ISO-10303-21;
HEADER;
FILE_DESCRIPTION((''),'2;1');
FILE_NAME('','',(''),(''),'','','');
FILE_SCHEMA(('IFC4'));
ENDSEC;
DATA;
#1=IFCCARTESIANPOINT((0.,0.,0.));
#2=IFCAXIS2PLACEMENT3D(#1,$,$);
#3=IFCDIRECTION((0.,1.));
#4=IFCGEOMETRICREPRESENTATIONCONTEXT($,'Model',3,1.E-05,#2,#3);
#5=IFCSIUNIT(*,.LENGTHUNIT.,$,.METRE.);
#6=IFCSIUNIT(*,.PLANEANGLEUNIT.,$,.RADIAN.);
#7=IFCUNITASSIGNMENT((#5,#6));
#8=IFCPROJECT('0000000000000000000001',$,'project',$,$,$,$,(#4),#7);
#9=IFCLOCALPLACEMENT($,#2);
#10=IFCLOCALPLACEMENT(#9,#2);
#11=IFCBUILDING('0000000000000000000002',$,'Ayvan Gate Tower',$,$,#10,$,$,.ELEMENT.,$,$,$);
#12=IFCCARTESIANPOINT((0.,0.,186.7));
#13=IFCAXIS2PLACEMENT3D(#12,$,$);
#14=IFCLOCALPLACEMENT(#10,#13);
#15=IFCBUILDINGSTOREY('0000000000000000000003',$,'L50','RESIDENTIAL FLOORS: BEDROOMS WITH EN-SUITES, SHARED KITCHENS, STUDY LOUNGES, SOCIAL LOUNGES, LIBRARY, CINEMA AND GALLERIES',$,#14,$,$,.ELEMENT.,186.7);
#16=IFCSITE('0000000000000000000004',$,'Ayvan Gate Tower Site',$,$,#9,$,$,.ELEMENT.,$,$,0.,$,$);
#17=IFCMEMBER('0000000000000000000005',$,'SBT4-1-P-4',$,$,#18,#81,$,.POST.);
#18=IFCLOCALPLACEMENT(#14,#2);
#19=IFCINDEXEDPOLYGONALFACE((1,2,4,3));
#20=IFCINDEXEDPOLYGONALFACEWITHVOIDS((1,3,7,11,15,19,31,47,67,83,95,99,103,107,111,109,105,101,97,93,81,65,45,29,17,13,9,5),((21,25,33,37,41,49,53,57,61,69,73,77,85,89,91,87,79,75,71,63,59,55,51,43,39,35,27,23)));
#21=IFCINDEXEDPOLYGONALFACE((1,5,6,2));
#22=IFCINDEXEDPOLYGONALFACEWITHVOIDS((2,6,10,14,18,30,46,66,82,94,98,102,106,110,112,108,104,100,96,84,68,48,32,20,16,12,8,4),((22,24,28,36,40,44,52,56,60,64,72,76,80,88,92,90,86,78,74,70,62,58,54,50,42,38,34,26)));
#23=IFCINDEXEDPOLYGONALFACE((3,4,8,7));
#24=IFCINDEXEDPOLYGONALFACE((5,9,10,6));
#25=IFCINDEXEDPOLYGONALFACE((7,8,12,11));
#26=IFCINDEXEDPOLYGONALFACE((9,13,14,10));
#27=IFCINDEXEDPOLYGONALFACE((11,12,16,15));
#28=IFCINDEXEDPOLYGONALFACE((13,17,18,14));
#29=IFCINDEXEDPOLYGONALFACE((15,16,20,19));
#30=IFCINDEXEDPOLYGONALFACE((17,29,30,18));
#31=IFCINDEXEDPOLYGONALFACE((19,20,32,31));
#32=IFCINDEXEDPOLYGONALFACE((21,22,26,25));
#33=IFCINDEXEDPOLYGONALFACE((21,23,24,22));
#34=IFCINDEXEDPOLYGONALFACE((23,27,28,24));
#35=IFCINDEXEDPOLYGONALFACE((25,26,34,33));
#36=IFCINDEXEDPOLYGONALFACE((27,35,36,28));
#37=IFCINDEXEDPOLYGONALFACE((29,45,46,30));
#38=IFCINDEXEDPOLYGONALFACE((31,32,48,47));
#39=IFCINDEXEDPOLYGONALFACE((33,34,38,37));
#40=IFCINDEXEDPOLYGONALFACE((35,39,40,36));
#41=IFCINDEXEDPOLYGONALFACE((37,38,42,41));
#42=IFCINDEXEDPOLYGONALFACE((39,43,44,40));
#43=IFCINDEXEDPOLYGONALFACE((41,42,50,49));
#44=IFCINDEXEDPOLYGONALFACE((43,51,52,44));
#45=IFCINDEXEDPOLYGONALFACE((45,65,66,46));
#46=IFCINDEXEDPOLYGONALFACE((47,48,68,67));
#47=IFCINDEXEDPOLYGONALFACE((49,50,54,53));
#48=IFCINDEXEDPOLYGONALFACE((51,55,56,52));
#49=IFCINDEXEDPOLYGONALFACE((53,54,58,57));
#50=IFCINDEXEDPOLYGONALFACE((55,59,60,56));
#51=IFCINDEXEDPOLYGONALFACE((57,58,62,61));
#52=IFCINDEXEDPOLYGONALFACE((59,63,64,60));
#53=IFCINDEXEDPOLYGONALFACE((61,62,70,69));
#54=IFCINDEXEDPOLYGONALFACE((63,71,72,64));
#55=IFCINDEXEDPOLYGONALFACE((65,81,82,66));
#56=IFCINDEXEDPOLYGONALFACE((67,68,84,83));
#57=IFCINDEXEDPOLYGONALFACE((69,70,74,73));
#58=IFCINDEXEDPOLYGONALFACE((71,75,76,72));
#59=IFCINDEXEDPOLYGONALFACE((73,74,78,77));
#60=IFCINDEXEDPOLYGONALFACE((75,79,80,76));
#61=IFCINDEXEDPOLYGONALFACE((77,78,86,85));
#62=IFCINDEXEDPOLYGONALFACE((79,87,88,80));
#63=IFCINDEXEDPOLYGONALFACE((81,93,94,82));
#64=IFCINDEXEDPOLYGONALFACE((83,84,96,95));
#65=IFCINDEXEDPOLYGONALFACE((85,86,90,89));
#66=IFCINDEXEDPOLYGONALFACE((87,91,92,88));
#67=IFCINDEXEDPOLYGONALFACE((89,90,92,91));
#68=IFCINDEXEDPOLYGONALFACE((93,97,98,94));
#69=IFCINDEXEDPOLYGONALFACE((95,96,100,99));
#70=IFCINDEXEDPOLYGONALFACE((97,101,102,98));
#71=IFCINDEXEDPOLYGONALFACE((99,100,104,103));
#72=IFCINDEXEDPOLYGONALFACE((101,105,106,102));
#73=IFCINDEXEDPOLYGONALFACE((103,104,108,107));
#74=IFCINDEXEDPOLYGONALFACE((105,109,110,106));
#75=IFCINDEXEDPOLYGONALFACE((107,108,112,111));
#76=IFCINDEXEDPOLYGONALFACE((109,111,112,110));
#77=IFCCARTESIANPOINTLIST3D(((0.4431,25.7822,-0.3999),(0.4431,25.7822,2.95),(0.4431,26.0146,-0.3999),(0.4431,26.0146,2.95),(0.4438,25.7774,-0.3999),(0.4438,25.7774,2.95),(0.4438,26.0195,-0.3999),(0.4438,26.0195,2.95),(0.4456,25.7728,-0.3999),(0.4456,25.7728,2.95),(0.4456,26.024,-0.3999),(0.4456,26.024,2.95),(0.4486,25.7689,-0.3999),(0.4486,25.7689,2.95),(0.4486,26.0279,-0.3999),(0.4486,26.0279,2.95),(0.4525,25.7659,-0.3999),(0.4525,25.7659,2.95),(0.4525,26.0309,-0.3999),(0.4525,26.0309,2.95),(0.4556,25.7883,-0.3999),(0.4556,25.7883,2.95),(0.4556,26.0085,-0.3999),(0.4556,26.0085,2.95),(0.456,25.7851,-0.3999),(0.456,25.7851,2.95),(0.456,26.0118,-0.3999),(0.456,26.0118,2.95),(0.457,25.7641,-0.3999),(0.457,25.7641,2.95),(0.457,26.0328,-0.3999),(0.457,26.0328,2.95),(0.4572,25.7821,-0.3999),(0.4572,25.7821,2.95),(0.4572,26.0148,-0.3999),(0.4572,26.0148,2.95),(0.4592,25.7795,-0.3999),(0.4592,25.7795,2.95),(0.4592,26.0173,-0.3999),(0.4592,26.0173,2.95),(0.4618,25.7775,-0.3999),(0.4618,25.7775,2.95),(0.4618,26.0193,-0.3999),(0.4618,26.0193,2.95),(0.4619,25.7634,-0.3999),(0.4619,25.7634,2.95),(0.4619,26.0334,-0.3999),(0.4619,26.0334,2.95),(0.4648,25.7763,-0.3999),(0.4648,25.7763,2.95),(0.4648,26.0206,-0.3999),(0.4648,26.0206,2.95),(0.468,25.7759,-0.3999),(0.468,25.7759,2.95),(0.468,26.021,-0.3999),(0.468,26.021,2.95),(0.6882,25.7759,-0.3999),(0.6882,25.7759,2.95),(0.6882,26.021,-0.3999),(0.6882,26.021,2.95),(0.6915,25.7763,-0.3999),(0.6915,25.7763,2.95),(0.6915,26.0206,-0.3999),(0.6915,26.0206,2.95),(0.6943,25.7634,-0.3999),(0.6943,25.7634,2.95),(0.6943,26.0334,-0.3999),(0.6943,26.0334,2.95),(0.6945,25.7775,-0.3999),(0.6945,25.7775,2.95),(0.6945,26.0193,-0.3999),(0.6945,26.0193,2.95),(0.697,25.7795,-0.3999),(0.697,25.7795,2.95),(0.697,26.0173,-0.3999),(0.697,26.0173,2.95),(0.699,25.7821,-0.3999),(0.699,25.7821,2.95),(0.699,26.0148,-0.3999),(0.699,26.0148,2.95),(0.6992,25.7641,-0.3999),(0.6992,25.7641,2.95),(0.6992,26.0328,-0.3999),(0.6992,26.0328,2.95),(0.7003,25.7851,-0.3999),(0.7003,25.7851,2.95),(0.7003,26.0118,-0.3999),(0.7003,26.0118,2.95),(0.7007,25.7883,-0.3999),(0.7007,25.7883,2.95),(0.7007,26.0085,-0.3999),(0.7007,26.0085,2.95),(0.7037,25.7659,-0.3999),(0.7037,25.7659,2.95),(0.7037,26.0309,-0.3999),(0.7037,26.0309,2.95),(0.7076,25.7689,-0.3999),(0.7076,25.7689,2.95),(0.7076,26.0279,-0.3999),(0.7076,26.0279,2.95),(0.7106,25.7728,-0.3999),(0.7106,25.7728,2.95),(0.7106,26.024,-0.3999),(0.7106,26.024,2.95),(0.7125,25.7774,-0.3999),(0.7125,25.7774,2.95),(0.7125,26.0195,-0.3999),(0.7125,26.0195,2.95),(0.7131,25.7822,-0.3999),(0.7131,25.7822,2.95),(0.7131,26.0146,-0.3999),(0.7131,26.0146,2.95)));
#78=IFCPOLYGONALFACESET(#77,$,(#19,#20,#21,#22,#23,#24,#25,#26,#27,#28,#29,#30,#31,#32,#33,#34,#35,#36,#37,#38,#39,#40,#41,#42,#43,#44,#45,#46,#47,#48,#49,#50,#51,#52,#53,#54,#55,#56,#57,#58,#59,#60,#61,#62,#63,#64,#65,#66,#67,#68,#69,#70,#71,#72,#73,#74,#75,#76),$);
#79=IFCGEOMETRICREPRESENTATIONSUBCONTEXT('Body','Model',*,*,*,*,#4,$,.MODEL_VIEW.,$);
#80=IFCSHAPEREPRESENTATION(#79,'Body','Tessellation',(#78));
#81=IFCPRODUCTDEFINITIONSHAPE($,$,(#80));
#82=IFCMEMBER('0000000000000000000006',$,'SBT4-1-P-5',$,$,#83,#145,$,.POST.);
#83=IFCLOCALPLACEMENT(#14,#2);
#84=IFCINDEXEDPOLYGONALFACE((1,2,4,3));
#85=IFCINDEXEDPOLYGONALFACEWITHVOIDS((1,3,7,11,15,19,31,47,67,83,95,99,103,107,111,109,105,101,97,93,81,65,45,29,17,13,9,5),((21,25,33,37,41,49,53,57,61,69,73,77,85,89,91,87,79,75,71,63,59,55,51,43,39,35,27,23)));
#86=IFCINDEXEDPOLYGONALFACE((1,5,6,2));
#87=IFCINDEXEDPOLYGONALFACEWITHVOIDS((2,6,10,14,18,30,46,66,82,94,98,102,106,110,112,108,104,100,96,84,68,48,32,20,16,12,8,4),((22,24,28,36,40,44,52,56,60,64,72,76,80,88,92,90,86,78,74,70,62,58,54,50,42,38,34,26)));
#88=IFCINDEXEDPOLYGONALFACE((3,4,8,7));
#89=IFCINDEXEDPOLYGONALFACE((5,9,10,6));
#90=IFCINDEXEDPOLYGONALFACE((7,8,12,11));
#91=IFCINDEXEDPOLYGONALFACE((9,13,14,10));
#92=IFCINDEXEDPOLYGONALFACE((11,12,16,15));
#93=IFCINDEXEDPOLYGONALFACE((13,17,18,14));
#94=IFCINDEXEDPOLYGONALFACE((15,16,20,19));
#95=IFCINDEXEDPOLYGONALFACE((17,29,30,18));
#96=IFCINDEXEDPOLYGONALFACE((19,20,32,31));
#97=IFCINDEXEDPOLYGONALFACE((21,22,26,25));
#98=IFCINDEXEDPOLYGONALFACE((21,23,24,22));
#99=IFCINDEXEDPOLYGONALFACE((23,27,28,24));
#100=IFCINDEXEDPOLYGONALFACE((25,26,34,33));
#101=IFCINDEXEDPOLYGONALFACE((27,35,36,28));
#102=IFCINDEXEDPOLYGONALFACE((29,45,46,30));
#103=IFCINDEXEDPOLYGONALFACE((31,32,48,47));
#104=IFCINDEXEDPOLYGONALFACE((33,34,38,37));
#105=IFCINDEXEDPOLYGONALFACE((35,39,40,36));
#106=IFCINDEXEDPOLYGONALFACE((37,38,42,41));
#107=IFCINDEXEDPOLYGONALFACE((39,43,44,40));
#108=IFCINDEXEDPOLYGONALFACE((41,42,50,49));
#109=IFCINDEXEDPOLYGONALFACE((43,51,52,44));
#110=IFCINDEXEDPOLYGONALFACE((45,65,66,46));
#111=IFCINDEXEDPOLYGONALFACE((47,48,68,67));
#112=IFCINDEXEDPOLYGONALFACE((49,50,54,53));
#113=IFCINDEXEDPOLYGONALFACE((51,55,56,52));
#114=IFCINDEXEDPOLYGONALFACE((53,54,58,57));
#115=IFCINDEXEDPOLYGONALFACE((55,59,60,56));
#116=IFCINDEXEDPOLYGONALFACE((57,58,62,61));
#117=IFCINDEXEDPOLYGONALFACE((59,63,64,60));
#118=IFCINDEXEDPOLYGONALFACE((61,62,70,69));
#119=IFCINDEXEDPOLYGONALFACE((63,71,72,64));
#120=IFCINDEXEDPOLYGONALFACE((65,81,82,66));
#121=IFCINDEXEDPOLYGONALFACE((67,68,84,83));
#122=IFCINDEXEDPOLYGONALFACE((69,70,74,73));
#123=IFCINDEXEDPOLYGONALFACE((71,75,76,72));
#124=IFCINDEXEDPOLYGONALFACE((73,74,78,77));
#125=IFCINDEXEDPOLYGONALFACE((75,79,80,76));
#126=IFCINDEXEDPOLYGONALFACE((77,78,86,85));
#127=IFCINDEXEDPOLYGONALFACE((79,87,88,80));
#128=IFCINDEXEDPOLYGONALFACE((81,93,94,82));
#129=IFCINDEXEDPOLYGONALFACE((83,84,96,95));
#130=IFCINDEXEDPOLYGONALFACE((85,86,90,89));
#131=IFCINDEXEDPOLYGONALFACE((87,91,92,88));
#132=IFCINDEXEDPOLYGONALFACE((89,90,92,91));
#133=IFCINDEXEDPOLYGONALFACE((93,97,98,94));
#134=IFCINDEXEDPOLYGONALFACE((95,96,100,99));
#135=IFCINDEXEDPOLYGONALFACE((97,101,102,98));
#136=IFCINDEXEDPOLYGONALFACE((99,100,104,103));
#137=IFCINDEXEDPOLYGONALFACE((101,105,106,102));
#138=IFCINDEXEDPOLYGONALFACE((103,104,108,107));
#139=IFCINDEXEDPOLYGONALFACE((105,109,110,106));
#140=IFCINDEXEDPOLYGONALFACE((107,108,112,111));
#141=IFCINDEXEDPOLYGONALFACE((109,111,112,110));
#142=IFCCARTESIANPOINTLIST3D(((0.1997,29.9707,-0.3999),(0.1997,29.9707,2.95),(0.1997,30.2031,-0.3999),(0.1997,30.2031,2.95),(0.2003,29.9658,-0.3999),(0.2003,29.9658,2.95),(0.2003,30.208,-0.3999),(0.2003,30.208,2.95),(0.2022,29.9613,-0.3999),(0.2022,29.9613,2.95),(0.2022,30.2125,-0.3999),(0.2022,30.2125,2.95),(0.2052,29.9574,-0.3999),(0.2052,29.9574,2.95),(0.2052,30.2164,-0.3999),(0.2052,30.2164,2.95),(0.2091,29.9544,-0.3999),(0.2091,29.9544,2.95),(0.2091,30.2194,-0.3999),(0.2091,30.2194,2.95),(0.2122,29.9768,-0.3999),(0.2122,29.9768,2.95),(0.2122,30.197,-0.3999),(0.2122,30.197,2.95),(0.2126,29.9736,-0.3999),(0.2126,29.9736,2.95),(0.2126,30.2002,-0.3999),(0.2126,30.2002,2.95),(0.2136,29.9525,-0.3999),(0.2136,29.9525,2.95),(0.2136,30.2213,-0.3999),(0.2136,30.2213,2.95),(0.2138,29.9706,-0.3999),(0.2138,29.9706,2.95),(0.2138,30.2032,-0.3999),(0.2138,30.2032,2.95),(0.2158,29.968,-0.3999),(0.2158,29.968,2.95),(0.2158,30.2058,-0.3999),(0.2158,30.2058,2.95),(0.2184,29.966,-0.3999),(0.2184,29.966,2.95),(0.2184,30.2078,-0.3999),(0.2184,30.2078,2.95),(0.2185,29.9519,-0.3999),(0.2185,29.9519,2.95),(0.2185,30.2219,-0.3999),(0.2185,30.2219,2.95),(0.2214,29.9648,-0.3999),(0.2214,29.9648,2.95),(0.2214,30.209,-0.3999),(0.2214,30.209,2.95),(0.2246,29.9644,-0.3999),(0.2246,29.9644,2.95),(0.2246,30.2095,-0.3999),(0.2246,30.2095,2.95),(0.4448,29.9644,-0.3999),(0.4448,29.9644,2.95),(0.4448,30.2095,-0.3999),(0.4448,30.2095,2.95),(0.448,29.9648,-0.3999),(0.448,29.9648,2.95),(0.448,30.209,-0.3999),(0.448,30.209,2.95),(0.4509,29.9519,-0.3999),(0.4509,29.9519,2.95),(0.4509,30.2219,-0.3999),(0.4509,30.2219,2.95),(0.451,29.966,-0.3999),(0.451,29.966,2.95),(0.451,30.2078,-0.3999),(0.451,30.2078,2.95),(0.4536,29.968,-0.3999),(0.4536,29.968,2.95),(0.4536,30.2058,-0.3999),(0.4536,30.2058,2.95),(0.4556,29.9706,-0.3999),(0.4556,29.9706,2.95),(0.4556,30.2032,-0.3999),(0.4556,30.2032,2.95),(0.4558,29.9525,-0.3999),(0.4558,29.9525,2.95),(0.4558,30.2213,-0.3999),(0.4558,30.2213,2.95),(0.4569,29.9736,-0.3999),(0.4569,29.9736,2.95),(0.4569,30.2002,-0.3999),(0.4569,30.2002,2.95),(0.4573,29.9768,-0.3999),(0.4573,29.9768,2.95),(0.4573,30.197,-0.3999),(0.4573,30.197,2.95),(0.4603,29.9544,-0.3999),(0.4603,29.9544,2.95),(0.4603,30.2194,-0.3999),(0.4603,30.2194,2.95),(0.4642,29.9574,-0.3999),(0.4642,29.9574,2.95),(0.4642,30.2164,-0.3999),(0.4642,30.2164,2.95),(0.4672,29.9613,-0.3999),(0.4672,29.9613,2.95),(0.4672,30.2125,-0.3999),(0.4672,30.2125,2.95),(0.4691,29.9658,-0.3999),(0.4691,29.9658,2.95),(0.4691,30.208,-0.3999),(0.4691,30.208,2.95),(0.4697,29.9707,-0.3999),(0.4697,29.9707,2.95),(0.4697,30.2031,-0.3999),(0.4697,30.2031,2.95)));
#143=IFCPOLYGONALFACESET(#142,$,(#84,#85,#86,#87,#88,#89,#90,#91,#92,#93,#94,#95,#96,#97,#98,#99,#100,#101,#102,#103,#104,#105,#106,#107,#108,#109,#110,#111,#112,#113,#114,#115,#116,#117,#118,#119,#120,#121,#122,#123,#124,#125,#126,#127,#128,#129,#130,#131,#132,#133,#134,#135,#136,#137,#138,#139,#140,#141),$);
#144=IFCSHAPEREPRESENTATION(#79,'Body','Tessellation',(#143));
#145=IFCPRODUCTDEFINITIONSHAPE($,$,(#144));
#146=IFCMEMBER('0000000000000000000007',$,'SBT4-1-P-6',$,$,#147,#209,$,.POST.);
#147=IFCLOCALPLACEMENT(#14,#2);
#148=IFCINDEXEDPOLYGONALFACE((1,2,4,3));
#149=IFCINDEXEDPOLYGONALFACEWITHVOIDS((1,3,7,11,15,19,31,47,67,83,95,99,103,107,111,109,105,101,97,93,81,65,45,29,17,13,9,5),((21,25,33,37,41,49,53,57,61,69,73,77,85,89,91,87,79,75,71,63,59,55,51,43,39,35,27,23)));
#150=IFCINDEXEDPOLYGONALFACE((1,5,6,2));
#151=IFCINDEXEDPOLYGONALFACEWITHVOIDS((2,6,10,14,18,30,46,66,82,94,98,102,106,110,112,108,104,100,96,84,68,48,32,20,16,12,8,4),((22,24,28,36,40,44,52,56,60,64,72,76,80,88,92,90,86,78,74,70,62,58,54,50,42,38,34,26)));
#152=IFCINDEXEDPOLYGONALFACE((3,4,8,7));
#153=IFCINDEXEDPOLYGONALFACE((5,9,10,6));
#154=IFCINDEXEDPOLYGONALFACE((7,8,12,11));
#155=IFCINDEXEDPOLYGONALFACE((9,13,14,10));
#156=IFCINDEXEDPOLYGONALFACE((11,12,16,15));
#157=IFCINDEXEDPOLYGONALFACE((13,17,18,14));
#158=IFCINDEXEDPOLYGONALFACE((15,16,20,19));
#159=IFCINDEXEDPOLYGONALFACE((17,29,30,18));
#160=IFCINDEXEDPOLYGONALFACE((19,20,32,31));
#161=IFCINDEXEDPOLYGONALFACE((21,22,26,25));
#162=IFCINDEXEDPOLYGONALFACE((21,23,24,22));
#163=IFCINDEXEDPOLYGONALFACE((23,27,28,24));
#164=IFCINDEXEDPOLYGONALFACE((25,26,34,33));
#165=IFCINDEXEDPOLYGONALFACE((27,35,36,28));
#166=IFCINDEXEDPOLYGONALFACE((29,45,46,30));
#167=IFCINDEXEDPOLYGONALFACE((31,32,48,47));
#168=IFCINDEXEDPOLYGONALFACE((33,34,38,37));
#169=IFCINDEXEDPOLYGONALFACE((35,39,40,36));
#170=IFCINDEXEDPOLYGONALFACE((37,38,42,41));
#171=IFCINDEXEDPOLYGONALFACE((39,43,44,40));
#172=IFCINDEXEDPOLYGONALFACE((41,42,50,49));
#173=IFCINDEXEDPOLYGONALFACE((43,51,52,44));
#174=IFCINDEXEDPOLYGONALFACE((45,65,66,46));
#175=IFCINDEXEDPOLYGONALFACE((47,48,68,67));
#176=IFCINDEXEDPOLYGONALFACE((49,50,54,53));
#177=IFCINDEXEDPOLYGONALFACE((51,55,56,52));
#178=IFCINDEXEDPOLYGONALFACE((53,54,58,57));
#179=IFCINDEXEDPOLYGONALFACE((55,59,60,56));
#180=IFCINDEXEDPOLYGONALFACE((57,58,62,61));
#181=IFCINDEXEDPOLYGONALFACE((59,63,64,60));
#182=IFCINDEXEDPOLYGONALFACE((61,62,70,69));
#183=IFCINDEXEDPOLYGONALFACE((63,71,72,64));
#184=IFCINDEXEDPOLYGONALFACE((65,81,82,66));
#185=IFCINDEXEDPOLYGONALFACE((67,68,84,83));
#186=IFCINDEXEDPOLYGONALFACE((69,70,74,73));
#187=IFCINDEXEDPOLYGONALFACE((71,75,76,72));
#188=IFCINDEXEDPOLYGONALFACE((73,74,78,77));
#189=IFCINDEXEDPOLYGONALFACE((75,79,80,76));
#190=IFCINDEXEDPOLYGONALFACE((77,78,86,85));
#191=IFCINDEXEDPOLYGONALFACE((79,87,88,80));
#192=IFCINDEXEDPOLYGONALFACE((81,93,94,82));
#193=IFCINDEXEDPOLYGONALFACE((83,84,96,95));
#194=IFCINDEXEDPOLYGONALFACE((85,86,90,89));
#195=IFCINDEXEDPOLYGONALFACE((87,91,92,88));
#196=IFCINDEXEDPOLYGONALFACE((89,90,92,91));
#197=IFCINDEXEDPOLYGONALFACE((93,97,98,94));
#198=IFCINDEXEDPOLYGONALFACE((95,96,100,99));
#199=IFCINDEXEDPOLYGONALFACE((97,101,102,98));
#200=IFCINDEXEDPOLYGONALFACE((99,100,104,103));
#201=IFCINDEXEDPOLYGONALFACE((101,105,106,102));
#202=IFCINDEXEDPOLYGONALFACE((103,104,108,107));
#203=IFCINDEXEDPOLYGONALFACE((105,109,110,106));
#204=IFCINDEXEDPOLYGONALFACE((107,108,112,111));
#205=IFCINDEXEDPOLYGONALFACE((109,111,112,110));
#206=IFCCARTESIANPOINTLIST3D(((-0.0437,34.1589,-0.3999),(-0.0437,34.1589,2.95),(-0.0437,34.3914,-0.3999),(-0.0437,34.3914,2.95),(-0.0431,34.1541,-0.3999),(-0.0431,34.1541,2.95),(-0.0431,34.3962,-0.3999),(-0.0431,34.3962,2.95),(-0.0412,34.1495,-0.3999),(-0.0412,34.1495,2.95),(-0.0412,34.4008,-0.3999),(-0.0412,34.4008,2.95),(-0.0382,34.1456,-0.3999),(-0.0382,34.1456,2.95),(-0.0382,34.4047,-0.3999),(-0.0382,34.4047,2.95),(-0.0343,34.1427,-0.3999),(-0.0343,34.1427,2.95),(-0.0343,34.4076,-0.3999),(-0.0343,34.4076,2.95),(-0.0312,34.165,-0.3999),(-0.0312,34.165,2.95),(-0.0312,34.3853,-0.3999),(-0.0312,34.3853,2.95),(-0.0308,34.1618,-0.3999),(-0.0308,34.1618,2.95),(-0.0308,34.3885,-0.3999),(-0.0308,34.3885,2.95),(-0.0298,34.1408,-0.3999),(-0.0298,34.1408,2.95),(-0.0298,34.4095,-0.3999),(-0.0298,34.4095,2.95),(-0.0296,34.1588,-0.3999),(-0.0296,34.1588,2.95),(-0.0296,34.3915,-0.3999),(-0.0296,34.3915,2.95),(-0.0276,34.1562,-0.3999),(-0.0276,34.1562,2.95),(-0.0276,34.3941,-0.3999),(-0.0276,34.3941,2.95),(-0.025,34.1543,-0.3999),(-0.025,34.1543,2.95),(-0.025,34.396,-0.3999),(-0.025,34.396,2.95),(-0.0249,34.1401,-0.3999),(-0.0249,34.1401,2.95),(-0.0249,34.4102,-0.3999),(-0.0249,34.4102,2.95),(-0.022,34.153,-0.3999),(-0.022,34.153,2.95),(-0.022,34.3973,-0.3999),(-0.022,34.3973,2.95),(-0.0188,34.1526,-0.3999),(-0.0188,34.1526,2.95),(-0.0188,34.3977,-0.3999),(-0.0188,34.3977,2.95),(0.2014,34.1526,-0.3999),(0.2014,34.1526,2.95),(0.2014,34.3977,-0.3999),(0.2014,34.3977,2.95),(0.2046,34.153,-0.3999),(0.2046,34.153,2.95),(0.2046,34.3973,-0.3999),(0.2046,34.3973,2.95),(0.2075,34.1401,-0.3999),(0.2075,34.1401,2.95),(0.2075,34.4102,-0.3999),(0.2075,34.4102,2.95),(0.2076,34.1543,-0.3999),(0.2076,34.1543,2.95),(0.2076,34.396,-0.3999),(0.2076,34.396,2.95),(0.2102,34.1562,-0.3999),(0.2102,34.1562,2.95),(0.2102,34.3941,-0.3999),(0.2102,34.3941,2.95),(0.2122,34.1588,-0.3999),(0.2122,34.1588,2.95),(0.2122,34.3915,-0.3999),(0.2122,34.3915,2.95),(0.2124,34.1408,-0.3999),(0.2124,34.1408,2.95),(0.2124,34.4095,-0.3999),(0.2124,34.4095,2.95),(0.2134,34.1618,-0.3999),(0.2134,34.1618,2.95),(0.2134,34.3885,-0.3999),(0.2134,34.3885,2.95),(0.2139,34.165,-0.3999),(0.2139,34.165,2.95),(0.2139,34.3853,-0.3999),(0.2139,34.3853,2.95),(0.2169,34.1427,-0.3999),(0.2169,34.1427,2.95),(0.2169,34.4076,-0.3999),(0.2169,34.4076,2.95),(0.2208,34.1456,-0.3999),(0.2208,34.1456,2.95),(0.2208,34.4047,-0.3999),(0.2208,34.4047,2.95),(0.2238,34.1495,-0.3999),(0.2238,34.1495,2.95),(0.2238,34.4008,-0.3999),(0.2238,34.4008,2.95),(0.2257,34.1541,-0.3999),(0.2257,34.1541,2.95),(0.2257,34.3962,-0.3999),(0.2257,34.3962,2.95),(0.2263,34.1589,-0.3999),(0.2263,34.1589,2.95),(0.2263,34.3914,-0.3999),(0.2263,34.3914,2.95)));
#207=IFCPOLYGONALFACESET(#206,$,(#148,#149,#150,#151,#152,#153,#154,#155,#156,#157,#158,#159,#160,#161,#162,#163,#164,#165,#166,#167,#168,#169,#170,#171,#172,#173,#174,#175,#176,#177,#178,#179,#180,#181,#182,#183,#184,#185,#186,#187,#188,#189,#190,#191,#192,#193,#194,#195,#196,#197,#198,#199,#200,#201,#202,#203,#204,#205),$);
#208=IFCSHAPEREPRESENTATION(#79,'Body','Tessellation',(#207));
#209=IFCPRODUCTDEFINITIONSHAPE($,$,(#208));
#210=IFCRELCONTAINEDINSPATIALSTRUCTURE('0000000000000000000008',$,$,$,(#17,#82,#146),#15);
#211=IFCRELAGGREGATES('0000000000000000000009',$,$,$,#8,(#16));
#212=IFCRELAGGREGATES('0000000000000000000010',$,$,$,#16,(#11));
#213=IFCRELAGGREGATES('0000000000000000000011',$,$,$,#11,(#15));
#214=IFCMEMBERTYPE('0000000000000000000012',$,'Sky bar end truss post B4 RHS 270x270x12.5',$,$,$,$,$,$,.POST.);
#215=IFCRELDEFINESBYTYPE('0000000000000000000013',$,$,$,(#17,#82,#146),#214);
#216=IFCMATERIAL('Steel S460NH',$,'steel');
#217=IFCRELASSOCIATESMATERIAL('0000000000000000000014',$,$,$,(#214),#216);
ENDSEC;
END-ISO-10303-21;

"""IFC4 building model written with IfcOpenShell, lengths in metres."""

from ifc_helpers import new_model, si_unit, direction, frame, origin, origin_2d, place, context, subcontext, project, spatial, hollow_rectangle, extrude, material, material_profile, profile_set, type_object, element, save


model = new_model("IFC4")

# Units and contexts
model_context = context("Model", 3, precision=1e-05, world=origin(), true_north=direction((0.0, 1.0)))
body_context = subcontext(model_context, "Body", "Model", "MODEL_VIEW")
ifc_project = project(units=[si_unit("LENGTHUNIT", "METRE"), si_unit("PLANEANGLEUNIT", "RADIAN")], contexts=[model_context])

# Site, building, storey
site_placement = place(None, origin())
site = spatial("IfcSite", under=ifc_project, at=site_placement, Name="Ayvan Gate Tower Site", CompositionType="ELEMENT", RefElevation=0.0)
building_placement = place(site_placement, origin())
building = spatial("IfcBuilding", under=site, at=building_placement, Name="Ayvan Gate Tower", CompositionType="ELEMENT")
storey_placement = place(building_placement, frame((0.0, 0.0, 186.7)))
storey = spatial("IfcBuildingStorey", under=building, at=storey_placement, Name="L50", Description="RESIDENTIAL FLOORS: BEDROOMS WITH EN-SUITES, SHARED KITCHENS, STUDY LOUNGES, SOCIAL LOUNGES, LIBRARY, CINEMA AND GALLERIES", CompositionType="ELEMENT", Elevation=186.7)

# Members
ifc_material_1 = material(Name="Steel S460NH", Category="steel")
ifc_material_profile_1 = material_profile(ifc_material_1, hollow_rectangle(XDim=0.27, YDim=0.27, WallThickness=0.0125, InnerFilletRadius=0.0125, OuterFilletRadius=0.0188, at=origin_2d()), Name="RHS 270x270x12.5")
ifc_profile_set_1 = profile_set([ifc_material_profile_1], Name="Steel S460NH")
member_type_1 = type_object("IfcMemberType", Name="Sky bar end truss post B4 RHS 270x270x12.5", PredefinedType="POST", material=ifc_profile_set_1)
for number, where, z_axis, x_axis, name in (
    (1, (0.5781, 25.8984, -0.3999), (0.0, 0.0, 1.0), (1.0, 0.0, 0.0), "SBT4-1-P-4"),
    (2, (0.3347, 30.0869, -0.3999), (0.0, 0.0, 1.0), (1.0, 0.0, 0.0), "SBT4-1-P-5"),
    (3, (0.0913, 34.2751, -0.3999), (0.0, 0.0, 1.0), (1.0, 0.0, 0.0), "SBT4-1-P-6"),
):
    element("IfcMember", number, at=place(storey_placement, frame(where, z_axis=z_axis, x_axis=x_axis)), inside=storey, type_object=member_type_1, Name=name, PredefinedType="POST", context=body_context, shape_type="SweptSolid", body=[
        extrude(hollow_rectangle(XDim=0.27, YDim=0.27, WallThickness=0.0125, InnerFilletRadius=0.0125, OuterFilletRadius=0.0188, at=origin_2d()), origin(), (0.0, 0.0, 1.0), 3.3499),
    ])

save(model, "model.ifc")
